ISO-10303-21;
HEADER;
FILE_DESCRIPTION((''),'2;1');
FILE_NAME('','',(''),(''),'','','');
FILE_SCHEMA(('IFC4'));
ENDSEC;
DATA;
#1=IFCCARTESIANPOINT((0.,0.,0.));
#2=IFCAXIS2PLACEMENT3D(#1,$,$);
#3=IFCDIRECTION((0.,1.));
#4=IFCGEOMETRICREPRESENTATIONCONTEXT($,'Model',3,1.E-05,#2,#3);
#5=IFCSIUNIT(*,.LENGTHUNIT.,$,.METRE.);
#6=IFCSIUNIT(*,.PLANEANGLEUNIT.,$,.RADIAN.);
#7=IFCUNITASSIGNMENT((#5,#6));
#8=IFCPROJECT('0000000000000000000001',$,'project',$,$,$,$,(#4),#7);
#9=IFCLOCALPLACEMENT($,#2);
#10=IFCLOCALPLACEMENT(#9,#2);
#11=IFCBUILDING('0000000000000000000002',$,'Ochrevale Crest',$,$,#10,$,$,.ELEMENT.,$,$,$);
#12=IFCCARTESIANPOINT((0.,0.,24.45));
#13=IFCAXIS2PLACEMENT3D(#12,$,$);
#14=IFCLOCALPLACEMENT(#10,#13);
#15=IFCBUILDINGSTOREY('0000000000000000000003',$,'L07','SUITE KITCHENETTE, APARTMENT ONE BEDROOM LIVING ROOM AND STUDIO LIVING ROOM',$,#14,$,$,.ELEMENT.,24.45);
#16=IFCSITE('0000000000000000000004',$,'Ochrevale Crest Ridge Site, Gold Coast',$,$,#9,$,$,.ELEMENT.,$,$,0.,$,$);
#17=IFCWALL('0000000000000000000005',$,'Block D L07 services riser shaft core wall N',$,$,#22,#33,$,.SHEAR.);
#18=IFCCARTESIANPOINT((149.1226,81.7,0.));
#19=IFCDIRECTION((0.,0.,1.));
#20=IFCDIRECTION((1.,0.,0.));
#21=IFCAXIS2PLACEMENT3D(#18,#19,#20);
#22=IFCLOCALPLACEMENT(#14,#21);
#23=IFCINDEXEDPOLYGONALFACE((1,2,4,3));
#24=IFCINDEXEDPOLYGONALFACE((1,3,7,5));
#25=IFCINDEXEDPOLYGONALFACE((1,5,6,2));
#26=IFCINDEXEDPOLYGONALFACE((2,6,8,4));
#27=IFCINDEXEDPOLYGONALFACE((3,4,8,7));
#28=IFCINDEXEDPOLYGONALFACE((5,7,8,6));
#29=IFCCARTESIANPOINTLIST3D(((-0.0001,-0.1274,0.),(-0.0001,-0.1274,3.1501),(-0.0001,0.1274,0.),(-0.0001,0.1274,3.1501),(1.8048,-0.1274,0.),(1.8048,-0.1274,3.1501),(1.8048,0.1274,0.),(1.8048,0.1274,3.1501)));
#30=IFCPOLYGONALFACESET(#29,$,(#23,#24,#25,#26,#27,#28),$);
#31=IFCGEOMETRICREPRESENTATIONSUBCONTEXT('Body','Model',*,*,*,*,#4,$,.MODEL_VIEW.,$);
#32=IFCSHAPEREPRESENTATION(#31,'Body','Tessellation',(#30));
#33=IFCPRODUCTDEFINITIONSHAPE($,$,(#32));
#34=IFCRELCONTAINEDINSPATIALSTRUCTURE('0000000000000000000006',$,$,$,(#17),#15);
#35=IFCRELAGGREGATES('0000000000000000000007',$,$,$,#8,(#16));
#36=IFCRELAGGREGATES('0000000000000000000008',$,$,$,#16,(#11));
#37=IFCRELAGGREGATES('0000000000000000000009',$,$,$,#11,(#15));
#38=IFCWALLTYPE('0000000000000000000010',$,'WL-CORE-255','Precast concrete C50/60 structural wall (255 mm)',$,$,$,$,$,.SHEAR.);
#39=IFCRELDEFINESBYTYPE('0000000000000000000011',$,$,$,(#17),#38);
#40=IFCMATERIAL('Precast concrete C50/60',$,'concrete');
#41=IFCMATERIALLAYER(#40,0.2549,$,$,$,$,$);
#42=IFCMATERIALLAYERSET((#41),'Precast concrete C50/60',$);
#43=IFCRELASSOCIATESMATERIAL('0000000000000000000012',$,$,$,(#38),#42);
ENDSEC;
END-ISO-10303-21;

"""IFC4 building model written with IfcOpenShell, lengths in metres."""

from ifc_helpers import new_model, si_unit, direction, frame, frame_2d, origin, place, context, subcontext, project, spatial, rectangle, extrude, material, layer, layer_set, type_object, element, save


model = new_model("IFC4")

# Units and contexts
model_context = context("Model", 3, precision=1e-05, world=origin(), true_north=direction((0.0, 1.0)))
body_context = subcontext(model_context, "Body", "Model", "MODEL_VIEW")
ifc_project = project(units=[si_unit("LENGTHUNIT", "METRE"), si_unit("PLANEANGLEUNIT", "RADIAN")], contexts=[model_context])

# Site, building, storey
site_placement = place(None, origin())
site = spatial("IfcSite", under=ifc_project, at=site_placement, Name="Ochrevale Crest Ridge Site, Gold Coast", CompositionType="ELEMENT", RefElevation=0.0)
building_placement = place(site_placement, origin())
building = spatial("IfcBuilding", under=site, at=building_placement, Name="Ochrevale Crest", CompositionType="ELEMENT")
storey_placement = place(building_placement, frame((0.0, 0.0, 24.45)))
storey = spatial("IfcBuildingStorey", under=building, at=storey_placement, Name="L07", Description="SUITE KITCHENETTE, APARTMENT ONE BEDROOM LIVING ROOM AND STUDIO LIVING ROOM", CompositionType="ELEMENT", Elevation=24.45)

# Shared definitions
ifc_material_1 = material(Name="Precast concrete C50/60", Category="concrete")

# Shared definitions
ifc_layer_1 = layer(ifc_material_1, 0.2549)
ifc_layer_set_1 = layer_set([ifc_layer_1], Name="Precast concrete C50/60")
wall_type_1 = type_object("IfcWallType", Name="WL-CORE-255", Description="Precast concrete C50/60 structural wall (255 mm)", PredefinedType="SHEAR", material=ifc_layer_set_1)

# Wall
wall_1_placement = place(storey_placement, frame((149.1226, 81.7, 0.0), z_axis=(0.0, 0.0, 1.0), x_axis=(1.0, 0.0, 0.0)))
element("IfcWall", 1, at=wall_1_placement, inside=storey, type_object=wall_type_1, Name="Block D L07 services riser shaft core wall N", PredefinedType="SHEAR", context=body_context, shape_type="SweptSolid", body=[
    extrude(rectangle(XDim=1.8049, YDim=0.2549, at=frame_2d((0.9023, 0.0))), origin(), (0.0, 0.0, 1.0), 3.1501),
])

save(model, "model.ifc")
